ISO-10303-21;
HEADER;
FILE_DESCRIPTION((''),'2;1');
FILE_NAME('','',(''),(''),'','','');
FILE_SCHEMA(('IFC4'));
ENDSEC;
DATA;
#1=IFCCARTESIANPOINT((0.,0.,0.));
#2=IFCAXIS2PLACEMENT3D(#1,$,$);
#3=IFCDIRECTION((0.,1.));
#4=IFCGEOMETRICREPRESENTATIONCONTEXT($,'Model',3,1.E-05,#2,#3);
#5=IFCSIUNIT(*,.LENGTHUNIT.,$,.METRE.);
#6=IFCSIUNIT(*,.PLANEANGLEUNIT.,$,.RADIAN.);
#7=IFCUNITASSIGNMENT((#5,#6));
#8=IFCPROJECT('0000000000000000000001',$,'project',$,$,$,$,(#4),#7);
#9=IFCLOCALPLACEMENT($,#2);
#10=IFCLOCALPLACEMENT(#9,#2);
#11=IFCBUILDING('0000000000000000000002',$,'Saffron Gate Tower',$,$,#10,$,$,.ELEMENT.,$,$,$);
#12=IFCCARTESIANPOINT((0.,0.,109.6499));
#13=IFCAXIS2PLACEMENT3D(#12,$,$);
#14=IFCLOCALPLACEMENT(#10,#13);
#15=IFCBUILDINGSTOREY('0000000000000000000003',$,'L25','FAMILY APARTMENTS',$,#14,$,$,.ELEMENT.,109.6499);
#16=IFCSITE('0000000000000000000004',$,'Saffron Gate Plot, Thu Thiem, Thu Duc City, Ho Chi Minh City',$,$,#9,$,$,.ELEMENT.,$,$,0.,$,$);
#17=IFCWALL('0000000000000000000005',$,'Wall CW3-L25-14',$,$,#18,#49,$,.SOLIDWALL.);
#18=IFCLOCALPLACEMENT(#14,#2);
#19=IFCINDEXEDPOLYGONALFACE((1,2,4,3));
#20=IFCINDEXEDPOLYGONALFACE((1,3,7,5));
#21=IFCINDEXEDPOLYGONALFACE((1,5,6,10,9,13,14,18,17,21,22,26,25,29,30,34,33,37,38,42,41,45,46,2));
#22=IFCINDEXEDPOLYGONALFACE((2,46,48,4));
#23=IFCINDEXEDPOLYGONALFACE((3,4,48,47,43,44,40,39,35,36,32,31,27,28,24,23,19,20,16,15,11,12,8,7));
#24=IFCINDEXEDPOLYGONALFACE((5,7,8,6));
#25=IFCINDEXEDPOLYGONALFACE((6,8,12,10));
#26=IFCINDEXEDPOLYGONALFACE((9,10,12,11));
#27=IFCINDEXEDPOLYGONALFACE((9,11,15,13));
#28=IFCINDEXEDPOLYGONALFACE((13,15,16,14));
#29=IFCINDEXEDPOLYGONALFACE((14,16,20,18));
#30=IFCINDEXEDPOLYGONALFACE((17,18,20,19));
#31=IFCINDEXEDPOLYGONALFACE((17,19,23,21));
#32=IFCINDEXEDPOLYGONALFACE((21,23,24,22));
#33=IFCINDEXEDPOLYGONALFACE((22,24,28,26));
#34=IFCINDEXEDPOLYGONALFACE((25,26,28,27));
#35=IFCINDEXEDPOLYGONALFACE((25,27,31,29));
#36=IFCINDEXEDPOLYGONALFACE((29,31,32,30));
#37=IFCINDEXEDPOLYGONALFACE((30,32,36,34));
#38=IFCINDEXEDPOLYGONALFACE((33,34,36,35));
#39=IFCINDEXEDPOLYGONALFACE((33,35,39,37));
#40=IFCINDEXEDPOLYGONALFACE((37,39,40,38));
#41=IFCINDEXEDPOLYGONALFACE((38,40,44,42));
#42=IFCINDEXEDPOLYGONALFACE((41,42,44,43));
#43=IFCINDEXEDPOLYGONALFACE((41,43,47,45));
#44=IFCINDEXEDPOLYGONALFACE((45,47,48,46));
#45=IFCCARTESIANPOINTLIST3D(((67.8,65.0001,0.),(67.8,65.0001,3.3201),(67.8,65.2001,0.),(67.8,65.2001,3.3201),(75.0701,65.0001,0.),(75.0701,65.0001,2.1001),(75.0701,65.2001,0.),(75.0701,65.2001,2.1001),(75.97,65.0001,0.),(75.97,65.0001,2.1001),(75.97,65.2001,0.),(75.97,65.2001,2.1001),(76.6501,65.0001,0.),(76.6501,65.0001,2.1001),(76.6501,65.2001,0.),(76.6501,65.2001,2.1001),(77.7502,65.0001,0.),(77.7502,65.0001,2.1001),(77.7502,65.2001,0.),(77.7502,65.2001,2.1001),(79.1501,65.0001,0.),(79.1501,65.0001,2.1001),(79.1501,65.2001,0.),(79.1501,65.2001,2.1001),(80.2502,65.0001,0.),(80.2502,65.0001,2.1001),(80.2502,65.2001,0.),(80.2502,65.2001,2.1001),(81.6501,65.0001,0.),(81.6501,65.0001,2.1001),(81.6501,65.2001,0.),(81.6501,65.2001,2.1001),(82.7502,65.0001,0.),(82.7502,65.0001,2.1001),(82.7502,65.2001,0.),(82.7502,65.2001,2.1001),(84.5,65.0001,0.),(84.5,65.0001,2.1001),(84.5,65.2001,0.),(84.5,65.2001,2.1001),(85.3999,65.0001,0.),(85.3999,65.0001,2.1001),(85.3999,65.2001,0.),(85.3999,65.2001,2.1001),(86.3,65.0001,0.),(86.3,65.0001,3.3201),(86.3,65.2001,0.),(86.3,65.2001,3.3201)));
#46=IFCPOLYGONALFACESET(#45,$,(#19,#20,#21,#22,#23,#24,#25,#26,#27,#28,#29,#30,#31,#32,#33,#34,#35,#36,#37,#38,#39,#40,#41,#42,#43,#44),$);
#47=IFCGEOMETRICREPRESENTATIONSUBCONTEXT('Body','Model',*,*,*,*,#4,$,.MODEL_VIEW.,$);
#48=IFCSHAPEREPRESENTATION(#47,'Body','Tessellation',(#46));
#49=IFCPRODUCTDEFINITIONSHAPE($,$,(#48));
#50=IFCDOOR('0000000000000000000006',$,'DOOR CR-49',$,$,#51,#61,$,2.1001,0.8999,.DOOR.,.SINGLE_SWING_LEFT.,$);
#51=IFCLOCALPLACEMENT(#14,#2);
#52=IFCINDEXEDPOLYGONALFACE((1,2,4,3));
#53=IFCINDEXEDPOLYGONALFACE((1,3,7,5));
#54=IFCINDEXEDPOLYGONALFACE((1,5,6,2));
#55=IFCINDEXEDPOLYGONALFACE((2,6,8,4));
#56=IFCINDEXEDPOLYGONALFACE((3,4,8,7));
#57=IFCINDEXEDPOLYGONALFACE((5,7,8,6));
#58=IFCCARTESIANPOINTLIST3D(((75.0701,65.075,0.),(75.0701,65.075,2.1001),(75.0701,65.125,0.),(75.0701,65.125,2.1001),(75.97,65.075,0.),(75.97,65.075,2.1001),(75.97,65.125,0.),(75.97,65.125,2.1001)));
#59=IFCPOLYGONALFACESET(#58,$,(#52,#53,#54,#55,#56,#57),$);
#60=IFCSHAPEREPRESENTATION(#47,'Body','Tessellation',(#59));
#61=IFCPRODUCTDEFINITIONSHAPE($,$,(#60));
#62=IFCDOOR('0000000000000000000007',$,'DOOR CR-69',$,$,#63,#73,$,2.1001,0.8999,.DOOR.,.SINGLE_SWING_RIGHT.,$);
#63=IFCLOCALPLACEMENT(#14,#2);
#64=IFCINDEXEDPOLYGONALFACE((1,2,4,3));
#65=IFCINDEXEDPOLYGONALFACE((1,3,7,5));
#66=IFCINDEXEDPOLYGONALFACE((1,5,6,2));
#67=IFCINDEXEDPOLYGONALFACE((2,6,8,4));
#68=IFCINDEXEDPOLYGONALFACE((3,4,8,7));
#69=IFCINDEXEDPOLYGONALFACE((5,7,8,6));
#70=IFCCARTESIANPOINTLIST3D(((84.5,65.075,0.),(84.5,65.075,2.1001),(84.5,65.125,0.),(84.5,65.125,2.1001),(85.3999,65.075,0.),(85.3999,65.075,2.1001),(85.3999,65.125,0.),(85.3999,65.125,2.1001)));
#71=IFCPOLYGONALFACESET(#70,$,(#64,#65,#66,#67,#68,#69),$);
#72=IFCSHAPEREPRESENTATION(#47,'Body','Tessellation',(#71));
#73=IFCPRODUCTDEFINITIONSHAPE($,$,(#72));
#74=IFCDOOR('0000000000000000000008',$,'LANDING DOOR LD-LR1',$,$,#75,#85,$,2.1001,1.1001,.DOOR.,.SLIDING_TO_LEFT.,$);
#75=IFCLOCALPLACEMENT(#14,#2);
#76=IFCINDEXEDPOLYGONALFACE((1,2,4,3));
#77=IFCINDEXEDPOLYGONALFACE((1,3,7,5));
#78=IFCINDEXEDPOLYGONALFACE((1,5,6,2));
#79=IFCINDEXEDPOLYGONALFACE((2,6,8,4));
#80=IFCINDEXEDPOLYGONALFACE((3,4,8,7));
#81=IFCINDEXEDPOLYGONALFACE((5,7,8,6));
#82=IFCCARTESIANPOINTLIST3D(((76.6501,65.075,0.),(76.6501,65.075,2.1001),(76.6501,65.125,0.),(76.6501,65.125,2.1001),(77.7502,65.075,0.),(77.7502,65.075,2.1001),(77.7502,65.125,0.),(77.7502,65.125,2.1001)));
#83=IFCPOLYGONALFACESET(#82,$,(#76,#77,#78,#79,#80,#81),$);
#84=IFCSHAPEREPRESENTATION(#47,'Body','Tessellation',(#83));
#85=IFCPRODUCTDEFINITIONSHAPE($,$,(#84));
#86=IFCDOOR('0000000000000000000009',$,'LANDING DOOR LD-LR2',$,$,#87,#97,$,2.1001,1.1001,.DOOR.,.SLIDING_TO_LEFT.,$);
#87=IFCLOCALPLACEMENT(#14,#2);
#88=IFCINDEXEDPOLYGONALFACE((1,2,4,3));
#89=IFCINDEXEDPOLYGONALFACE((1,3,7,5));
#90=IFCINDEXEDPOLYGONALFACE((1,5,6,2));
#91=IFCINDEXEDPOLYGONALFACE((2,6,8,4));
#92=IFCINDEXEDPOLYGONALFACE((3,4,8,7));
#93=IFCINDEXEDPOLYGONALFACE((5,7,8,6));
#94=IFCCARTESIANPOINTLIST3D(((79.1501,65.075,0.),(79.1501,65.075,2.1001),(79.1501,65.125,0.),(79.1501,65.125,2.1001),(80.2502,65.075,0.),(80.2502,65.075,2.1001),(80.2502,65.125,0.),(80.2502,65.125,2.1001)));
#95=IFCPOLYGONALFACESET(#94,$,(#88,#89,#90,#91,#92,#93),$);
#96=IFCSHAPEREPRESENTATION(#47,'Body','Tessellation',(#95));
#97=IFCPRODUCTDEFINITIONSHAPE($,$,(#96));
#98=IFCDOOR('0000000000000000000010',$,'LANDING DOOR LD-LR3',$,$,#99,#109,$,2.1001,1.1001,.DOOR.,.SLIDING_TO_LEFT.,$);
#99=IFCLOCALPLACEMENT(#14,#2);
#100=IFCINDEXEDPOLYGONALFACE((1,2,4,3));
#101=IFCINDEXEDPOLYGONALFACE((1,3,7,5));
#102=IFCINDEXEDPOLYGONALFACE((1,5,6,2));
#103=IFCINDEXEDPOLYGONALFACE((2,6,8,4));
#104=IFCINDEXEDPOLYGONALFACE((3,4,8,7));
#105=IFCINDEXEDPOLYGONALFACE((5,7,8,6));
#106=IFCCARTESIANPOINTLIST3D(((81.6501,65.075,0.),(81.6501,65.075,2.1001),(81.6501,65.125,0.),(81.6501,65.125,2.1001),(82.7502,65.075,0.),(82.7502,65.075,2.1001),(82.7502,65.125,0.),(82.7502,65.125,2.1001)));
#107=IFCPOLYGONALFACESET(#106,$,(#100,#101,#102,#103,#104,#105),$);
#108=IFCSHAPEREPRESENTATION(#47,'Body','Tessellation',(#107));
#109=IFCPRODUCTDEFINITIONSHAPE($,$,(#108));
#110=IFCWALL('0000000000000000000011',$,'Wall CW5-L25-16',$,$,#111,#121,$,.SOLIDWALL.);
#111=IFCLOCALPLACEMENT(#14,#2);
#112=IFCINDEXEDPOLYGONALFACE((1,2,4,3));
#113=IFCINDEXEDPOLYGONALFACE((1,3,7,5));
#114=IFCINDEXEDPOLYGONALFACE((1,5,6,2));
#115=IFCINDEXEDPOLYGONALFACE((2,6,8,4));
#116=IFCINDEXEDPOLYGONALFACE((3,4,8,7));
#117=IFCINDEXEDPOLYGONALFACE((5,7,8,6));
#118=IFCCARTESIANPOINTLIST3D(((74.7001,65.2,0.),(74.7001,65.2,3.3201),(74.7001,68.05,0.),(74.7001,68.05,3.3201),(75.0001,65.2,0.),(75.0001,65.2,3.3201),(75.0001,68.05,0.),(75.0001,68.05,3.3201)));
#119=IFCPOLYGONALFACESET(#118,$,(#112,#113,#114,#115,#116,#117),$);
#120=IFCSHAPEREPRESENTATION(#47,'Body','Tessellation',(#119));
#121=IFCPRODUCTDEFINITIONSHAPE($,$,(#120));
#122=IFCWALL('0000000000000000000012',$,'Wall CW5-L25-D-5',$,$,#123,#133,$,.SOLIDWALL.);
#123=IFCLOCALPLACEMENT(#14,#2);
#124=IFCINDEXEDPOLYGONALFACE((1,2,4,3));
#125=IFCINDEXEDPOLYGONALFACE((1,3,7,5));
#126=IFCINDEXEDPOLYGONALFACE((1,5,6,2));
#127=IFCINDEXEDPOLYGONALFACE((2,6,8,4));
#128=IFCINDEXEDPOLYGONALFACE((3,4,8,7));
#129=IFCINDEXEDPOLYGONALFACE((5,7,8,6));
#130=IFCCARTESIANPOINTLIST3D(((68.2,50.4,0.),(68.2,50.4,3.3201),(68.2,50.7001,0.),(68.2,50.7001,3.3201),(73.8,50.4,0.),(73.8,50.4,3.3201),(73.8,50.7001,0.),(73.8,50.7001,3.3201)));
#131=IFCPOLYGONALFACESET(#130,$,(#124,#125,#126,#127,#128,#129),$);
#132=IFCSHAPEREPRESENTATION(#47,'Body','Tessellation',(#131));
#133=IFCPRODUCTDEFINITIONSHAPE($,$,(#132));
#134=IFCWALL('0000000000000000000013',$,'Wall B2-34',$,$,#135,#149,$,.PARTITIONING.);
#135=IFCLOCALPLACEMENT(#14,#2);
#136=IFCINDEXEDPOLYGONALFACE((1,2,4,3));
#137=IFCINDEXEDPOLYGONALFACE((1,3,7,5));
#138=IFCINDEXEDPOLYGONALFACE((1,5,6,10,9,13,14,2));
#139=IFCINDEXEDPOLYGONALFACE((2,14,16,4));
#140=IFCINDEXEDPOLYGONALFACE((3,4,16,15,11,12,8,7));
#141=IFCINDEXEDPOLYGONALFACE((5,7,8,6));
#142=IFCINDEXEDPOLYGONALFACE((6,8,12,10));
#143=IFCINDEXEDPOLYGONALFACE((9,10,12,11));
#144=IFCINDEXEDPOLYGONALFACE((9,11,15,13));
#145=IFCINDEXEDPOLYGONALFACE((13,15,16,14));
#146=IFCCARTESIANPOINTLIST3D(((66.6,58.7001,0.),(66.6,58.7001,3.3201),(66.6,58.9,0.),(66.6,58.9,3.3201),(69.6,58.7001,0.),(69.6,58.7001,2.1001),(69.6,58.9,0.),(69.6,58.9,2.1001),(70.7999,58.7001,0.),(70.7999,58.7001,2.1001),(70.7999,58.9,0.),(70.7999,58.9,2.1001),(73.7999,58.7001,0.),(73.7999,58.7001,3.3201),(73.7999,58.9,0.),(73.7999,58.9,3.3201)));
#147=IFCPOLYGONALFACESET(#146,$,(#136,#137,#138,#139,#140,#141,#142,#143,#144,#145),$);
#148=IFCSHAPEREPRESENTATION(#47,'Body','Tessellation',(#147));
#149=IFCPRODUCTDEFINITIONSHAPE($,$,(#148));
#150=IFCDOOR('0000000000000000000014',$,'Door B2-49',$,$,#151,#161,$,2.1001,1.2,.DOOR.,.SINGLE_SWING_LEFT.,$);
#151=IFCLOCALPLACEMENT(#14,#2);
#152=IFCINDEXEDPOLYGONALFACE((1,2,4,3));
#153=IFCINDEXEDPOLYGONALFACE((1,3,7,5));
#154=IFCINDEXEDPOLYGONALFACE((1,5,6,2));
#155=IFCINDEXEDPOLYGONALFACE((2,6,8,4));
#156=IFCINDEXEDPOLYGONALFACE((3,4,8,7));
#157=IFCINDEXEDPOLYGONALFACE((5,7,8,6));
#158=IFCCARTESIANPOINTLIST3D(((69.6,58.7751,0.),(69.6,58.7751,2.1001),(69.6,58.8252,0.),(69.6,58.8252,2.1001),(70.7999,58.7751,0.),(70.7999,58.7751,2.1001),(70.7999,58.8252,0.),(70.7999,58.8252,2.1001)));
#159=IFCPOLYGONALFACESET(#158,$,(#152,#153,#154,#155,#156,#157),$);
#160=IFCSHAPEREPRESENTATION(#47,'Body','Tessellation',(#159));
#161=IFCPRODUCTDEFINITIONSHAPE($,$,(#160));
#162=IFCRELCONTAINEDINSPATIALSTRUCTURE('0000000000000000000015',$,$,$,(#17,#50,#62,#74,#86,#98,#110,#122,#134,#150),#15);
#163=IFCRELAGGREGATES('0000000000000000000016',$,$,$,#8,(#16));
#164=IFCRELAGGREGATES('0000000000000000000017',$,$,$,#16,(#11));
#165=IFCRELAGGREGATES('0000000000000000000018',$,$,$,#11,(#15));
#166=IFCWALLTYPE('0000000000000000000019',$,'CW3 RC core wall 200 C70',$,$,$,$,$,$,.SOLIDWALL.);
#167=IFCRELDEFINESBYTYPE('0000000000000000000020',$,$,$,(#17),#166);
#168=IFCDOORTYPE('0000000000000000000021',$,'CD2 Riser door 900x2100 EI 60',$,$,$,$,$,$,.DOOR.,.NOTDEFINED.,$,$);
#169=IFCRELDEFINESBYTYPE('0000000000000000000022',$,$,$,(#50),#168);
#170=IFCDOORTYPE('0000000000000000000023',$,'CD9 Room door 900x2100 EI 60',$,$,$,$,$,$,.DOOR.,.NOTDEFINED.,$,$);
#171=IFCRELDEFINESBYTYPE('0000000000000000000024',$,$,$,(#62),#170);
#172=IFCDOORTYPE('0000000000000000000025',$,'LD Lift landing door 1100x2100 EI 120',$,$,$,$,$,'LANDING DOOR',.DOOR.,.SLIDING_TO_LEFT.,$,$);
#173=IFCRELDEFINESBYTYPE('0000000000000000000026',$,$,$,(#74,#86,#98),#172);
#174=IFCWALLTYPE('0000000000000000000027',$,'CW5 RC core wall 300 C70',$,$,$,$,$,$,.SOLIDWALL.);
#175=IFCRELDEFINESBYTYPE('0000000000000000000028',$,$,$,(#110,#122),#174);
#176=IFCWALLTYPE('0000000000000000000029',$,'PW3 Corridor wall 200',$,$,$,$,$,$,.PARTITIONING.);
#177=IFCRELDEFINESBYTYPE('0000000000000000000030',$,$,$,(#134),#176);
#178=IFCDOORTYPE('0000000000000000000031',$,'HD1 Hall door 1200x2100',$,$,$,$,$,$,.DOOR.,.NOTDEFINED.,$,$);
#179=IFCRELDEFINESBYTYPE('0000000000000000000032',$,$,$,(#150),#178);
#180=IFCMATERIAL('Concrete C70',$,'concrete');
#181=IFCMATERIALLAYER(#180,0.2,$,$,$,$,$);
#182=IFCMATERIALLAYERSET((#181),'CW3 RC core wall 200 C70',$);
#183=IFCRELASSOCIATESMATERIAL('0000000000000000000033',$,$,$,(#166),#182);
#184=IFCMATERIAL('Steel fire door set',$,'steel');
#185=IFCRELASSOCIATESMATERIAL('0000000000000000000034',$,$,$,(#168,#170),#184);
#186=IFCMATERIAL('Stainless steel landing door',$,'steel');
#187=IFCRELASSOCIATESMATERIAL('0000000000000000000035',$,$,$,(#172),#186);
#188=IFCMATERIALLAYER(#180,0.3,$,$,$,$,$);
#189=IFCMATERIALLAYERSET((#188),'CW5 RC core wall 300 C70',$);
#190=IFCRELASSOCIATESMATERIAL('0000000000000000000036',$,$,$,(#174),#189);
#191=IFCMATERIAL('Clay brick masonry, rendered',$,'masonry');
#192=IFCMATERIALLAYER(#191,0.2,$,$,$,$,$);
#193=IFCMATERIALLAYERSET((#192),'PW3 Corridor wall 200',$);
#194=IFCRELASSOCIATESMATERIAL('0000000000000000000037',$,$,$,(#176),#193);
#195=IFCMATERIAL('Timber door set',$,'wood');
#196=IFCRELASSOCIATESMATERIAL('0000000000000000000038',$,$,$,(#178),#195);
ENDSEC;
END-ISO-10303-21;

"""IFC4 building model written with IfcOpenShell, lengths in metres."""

from ifc_helpers import new_model, si_unit, direction, frame, frame_2d, origin, place, context, subcontext, project, spatial, rectangle, extrude, material, layer, layer_set, type_object, element, fill, save


model = new_model("IFC4")

# Units and contexts
model_context = context("Model", 3, precision=1e-05, world=origin(), true_north=direction((0.0, 1.0)))
body_context = subcontext(model_context, "Body", "Model", "MODEL_VIEW")
ifc_project = project(units=[si_unit("LENGTHUNIT", "METRE"), si_unit("PLANEANGLEUNIT", "RADIAN")], contexts=[model_context])

# Site, building, storey
site_placement = place(None, origin())
site = spatial("IfcSite", under=ifc_project, at=site_placement, Name="Saffron Gate Plot, Thu Thiem, Thu Duc City, Ho Chi Minh City", CompositionType="ELEMENT", RefElevation=0.0)
building_placement = place(site_placement, origin())
building = spatial("IfcBuilding", under=site, at=building_placement, Name="Saffron Gate Tower", CompositionType="ELEMENT")
storey_placement = place(building_placement, frame((0.0, 0.0, 109.6499)))
storey = spatial("IfcBuildingStorey", under=building, at=storey_placement, Name="L25", Description="FAMILY APARTMENTS", CompositionType="ELEMENT", Elevation=109.6499)

# Shared definitions
ifc_material_1 = material(Name="Concrete C70", Category="concrete")
ifc_material_2 = material(Name="Steel fire door set", Category="steel")

# Shared definitions
ifc_layer_1 = layer(ifc_material_1, 0.2)
ifc_layer_set_1 = layer_set([ifc_layer_1], Name="CW3 RC core wall 200 C70")
wall_type_1 = type_object("IfcWallType", Name="CW3 RC core wall 200 C70", PredefinedType="SOLIDWALL", material=ifc_layer_set_1)

# Wall, openings, doors
wall_1_placement = place(storey_placement, frame((67.8, 65.1001, 0.0), z_axis=(0.0, 0.0, 1.0), x_axis=(1.0, 0.0, 0.0)))
wall_1 = element("IfcWall", 1, at=wall_1_placement, inside=storey, type_object=wall_type_1, Name="Wall CW3-L25-14", PredefinedType="SOLIDWALL", context=body_context, shape_type="SweptSolid", body=[
    extrude(rectangle(XDim=18.5, YDim=0.2, at=frame_2d((9.25, 0.0))), origin(), (0.0, 0.0, 1.0), 3.3201),
])
opening_1_placement = place(wall_1_placement, frame((7.27, 0.0, 0.0)))
opening_1 = element("IfcOpeningElement", 2, at=opening_1_placement, cuts=wall_1, PredefinedType="OPENING", context=body_context, shape_type="SweptSolid", body=[
    extrude(rectangle(XDim=0.8999, YDim=2.1001, at=frame_2d((0.45, 1.05))), frame((0.0, 0.1099, 0.0), z_axis=(0.0, -1.0, 0.0), x_axis=(1.0, 0.0, 0.0)), (0.0, 0.0, 1.0), 0.22),
])
opening_2_placement = place(wall_1_placement, frame((8.8501, 0.0, 0.0)))
opening_2 = element("IfcOpeningElement", 3, at=opening_2_placement, cuts=wall_1, PredefinedType="OPENING", context=body_context, shape_type="SweptSolid", body=[
    extrude(rectangle(XDim=1.1001, YDim=2.1001, at=frame_2d((0.55, 1.05))), frame((0.0, 0.1099, 0.0), z_axis=(0.0, -1.0, 0.0), x_axis=(1.0, 0.0, 0.0)), (0.0, 0.0, 1.0), 0.22),
])
opening_3_placement = place(wall_1_placement, frame((11.3501, 0.0, 0.0)))
opening_3 = element("IfcOpeningElement", 4, at=opening_3_placement, cuts=wall_1, PredefinedType="OPENING", context=body_context, shape_type="SweptSolid", body=[
    extrude(rectangle(XDim=1.1001, YDim=2.1001, at=frame_2d((0.55, 1.05))), frame((0.0, 0.1099, 0.0), z_axis=(0.0, -1.0, 0.0), x_axis=(1.0, 0.0, 0.0)), (0.0, 0.0, 1.0), 0.22),
])
opening_4_placement = place(wall_1_placement, frame((13.8501, 0.0, 0.0)))
opening_4 = element("IfcOpeningElement", 5, at=opening_4_placement, cuts=wall_1, PredefinedType="OPENING", context=body_context, shape_type="SweptSolid", body=[
    extrude(rectangle(XDim=1.1001, YDim=2.1001, at=frame_2d((0.55, 1.05))), frame((0.0, 0.1099, 0.0), z_axis=(0.0, -1.0, 0.0), x_axis=(1.0, 0.0, 0.0)), (0.0, 0.0, 1.0), 0.22),
])
opening_5_placement = place(wall_1_placement, frame((16.7, 0.0, 0.0)))
opening_5 = element("IfcOpeningElement", 6, at=opening_5_placement, cuts=wall_1, PredefinedType="OPENING", context=body_context, shape_type="SweptSolid", body=[
    extrude(rectangle(XDim=0.8999, YDim=2.1001, at=frame_2d((0.45, 1.05))), frame((0.0, 0.1099, 0.0), z_axis=(0.0, -1.0, 0.0), x_axis=(1.0, 0.0, 0.0)), (0.0, 0.0, 1.0), 0.22),
])
door_type_1 = type_object("IfcDoorType", Name="CD2 Riser door 900x2100 EI 60", OperationType="NOTDEFINED", PredefinedType="DOOR", material=ifc_material_2)
door_1_placement = place(opening_1_placement, origin())
door_1 = element("IfcDoor", 7, at=door_1_placement, inside=storey, type_object=door_type_1, Name="DOOR CR-49", OperationType="SINGLE_SWING_LEFT", OverallHeight=2.1001, OverallWidth=0.8999, PredefinedType="DOOR", context=body_context, shape_type="SweptSolid", body=[
    extrude(rectangle(XDim=0.8999, YDim=2.1001, at=frame_2d((0.45, 1.05))), frame((0.0, 0.0249, 0.0), z_axis=(0.0, -1.0, 0.0), x_axis=(1.0, 0.0, 0.0)), (0.0, 0.0, 1.0), 0.05),
])
fill(opening_1, door_1)
door_type_2 = type_object("IfcDoorType", Name="CD9 Room door 900x2100 EI 60", OperationType="NOTDEFINED", PredefinedType="DOOR", material=ifc_material_2)
door_2_placement = place(opening_5_placement, origin())
door_2 = element("IfcDoor", 8, at=door_2_placement, inside=storey, type_object=door_type_2, Name="DOOR CR-69", OperationType="SINGLE_SWING_RIGHT", OverallHeight=2.1001, OverallWidth=0.8999, PredefinedType="DOOR", context=body_context, shape_type="SweptSolid", body=[
    extrude(rectangle(XDim=0.8999, YDim=2.1001, at=frame_2d((0.45, 1.05))), frame((0.0, 0.0249, 0.0), z_axis=(0.0, -1.0, 0.0), x_axis=(1.0, 0.0, 0.0)), (0.0, 0.0, 1.0), 0.05),
])
fill(opening_5, door_2)
ifc_material_3 = material(Name="Stainless steel landing door", Category="steel")
door_type_3 = type_object("IfcDoorType", Name="LD Lift landing door 1100x2100 EI 120", ElementType="LANDING DOOR", OperationType="SLIDING_TO_LEFT", PredefinedType="DOOR", material=ifc_material_3)
door_3_placement = place(opening_2_placement, origin())
door_3 = element("IfcDoor", 9, at=door_3_placement, inside=storey, type_object=door_type_3, Name="LANDING DOOR LD-LR1", OperationType="SLIDING_TO_LEFT", OverallHeight=2.1001, OverallWidth=1.1001, PredefinedType="DOOR", context=body_context, shape_type="SweptSolid", body=[
    extrude(rectangle(XDim=1.1001, YDim=2.1001, at=frame_2d((0.55, 1.05))), frame((0.0, 0.0249, 0.0), z_axis=(0.0, -1.0, 0.0), x_axis=(1.0, 0.0, 0.0)), (0.0, 0.0, 1.0), 0.05),
])
fill(opening_2, door_3)
door_4_placement = place(opening_3_placement, origin())
door_4 = element("IfcDoor", 10, at=door_4_placement, inside=storey, type_object=door_type_3, Name="LANDING DOOR LD-LR2", OperationType="SLIDING_TO_LEFT", OverallHeight=2.1001, OverallWidth=1.1001, PredefinedType="DOOR", context=body_context, shape_type="SweptSolid", body=[
    extrude(rectangle(XDim=1.1001, YDim=2.1001, at=frame_2d((0.55, 1.05))), frame((0.0, 0.0249, 0.0), z_axis=(0.0, -1.0, 0.0), x_axis=(1.0, 0.0, 0.0)), (0.0, 0.0, 1.0), 0.05),
])
fill(opening_3, door_4)
door_5_placement = place(opening_4_placement, origin())
door_5 = element("IfcDoor", 11, at=door_5_placement, inside=storey, type_object=door_type_3, Name="LANDING DOOR LD-LR3", OperationType="SLIDING_TO_LEFT", OverallHeight=2.1001, OverallWidth=1.1001, PredefinedType="DOOR", context=body_context, shape_type="SweptSolid", body=[
    extrude(rectangle(XDim=1.1001, YDim=2.1001, at=frame_2d((0.55, 1.05))), frame((0.0, 0.0249, 0.0), z_axis=(0.0, -1.0, 0.0), x_axis=(1.0, 0.0, 0.0)), (0.0, 0.0, 1.0), 0.05),
])
fill(opening_4, door_5)

# Walls
ifc_layer_2 = layer(ifc_material_1, 0.3)
ifc_layer_set_2 = layer_set([ifc_layer_2], Name="CW5 RC core wall 300 C70")
wall_type_2 = type_object("IfcWallType", Name="CW5 RC core wall 300 C70", PredefinedType="SOLIDWALL", material=ifc_layer_set_2)
wall_2_placement = place(storey_placement, frame((74.8501, 65.2, 0.0), z_axis=(0.0, 0.0, 1.0), x_axis=(0.0, 1.0, 0.0)))
element("IfcWall", 12, at=wall_2_placement, inside=storey, type_object=wall_type_2, Name="Wall CW5-L25-16", PredefinedType="SOLIDWALL", context=body_context, shape_type="SweptSolid", body=[
    extrude(rectangle(XDim=2.8501, YDim=0.3, at=frame_2d((1.425, 0.0))), origin(), (0.0, 0.0, 1.0), 3.3201),
])
wall_3_placement = place(storey_placement, frame((68.2, 50.55, 0.0), z_axis=(0.0, 0.0, 1.0), x_axis=(1.0, 0.0, 0.0)))
element("IfcWall", 13, at=wall_3_placement, inside=storey, type_object=wall_type_2, Name="Wall CW5-L25-D-5", PredefinedType="SOLIDWALL", context=body_context, shape_type="SweptSolid", body=[
    extrude(rectangle(XDim=5.6001, YDim=0.3, at=frame_2d((2.8, 0.0))), origin(), (0.0, 0.0, 1.0), 3.3201),
])

# Wall, opening, door
ifc_material_4 = material(Name="Clay brick masonry, rendered", Category="masonry")
ifc_layer_3 = layer(ifc_material_4, 0.2)
ifc_layer_set_3 = layer_set([ifc_layer_3], Name="PW3 Corridor wall 200")
wall_type_3 = type_object("IfcWallType", Name="PW3 Corridor wall 200", PredefinedType="PARTITIONING", material=ifc_layer_set_3)
wall_4_placement = place(storey_placement, frame((73.8, 58.8, 0.0), z_axis=(0.0, 0.0, 1.0), x_axis=(-1.0, 0.0, 0.0)))
wall_4 = element("IfcWall", 14, at=wall_4_placement, inside=storey, type_object=wall_type_3, Name="Wall B2-34", PredefinedType="PARTITIONING", context=body_context, shape_type="SweptSolid", body=[
    extrude(rectangle(XDim=7.2, YDim=0.2, at=frame_2d((3.6001, 0.0))), origin(), (0.0, 0.0, 1.0), 3.3201),
])
opening_6_placement = place(wall_4_placement, frame((3.0, 0.0, 0.0)))
opening_6 = element("IfcOpeningElement", 15, at=opening_6_placement, cuts=wall_4, PredefinedType="OPENING", context=body_context, shape_type="SweptSolid", body=[
    extrude(rectangle(XDim=1.2, YDim=2.1001, at=frame_2d((0.6001, 1.05))), frame((0.0, 0.1099, 0.0), z_axis=(0.0, -1.0, 0.0), x_axis=(1.0, 0.0, 0.0)), (0.0, 0.0, 1.0), 0.22),
])
ifc_material_5 = material(Name="Timber door set", Category="wood")
door_type_4 = type_object("IfcDoorType", Name="HD1 Hall door 1200x2100", OperationType="NOTDEFINED", PredefinedType="DOOR", material=ifc_material_5)
door_6_placement = place(opening_6_placement, origin())
door_6 = element("IfcDoor", 16, at=door_6_placement, inside=storey, type_object=door_type_4, Name="Door B2-49", OperationType="SINGLE_SWING_LEFT", OverallHeight=2.1001, OverallWidth=1.2, PredefinedType="DOOR", context=body_context, shape_type="SweptSolid", body=[
    extrude(rectangle(XDim=1.2, YDim=2.1001, at=frame_2d((0.6001, 1.05))), frame((0.0, 0.0249, 0.0), z_axis=(0.0, -1.0, 0.0), x_axis=(1.0, 0.0, 0.0)), (0.0, 0.0, 1.0), 0.05),
])
fill(opening_6, door_6)

save(model, "model.ifc")
